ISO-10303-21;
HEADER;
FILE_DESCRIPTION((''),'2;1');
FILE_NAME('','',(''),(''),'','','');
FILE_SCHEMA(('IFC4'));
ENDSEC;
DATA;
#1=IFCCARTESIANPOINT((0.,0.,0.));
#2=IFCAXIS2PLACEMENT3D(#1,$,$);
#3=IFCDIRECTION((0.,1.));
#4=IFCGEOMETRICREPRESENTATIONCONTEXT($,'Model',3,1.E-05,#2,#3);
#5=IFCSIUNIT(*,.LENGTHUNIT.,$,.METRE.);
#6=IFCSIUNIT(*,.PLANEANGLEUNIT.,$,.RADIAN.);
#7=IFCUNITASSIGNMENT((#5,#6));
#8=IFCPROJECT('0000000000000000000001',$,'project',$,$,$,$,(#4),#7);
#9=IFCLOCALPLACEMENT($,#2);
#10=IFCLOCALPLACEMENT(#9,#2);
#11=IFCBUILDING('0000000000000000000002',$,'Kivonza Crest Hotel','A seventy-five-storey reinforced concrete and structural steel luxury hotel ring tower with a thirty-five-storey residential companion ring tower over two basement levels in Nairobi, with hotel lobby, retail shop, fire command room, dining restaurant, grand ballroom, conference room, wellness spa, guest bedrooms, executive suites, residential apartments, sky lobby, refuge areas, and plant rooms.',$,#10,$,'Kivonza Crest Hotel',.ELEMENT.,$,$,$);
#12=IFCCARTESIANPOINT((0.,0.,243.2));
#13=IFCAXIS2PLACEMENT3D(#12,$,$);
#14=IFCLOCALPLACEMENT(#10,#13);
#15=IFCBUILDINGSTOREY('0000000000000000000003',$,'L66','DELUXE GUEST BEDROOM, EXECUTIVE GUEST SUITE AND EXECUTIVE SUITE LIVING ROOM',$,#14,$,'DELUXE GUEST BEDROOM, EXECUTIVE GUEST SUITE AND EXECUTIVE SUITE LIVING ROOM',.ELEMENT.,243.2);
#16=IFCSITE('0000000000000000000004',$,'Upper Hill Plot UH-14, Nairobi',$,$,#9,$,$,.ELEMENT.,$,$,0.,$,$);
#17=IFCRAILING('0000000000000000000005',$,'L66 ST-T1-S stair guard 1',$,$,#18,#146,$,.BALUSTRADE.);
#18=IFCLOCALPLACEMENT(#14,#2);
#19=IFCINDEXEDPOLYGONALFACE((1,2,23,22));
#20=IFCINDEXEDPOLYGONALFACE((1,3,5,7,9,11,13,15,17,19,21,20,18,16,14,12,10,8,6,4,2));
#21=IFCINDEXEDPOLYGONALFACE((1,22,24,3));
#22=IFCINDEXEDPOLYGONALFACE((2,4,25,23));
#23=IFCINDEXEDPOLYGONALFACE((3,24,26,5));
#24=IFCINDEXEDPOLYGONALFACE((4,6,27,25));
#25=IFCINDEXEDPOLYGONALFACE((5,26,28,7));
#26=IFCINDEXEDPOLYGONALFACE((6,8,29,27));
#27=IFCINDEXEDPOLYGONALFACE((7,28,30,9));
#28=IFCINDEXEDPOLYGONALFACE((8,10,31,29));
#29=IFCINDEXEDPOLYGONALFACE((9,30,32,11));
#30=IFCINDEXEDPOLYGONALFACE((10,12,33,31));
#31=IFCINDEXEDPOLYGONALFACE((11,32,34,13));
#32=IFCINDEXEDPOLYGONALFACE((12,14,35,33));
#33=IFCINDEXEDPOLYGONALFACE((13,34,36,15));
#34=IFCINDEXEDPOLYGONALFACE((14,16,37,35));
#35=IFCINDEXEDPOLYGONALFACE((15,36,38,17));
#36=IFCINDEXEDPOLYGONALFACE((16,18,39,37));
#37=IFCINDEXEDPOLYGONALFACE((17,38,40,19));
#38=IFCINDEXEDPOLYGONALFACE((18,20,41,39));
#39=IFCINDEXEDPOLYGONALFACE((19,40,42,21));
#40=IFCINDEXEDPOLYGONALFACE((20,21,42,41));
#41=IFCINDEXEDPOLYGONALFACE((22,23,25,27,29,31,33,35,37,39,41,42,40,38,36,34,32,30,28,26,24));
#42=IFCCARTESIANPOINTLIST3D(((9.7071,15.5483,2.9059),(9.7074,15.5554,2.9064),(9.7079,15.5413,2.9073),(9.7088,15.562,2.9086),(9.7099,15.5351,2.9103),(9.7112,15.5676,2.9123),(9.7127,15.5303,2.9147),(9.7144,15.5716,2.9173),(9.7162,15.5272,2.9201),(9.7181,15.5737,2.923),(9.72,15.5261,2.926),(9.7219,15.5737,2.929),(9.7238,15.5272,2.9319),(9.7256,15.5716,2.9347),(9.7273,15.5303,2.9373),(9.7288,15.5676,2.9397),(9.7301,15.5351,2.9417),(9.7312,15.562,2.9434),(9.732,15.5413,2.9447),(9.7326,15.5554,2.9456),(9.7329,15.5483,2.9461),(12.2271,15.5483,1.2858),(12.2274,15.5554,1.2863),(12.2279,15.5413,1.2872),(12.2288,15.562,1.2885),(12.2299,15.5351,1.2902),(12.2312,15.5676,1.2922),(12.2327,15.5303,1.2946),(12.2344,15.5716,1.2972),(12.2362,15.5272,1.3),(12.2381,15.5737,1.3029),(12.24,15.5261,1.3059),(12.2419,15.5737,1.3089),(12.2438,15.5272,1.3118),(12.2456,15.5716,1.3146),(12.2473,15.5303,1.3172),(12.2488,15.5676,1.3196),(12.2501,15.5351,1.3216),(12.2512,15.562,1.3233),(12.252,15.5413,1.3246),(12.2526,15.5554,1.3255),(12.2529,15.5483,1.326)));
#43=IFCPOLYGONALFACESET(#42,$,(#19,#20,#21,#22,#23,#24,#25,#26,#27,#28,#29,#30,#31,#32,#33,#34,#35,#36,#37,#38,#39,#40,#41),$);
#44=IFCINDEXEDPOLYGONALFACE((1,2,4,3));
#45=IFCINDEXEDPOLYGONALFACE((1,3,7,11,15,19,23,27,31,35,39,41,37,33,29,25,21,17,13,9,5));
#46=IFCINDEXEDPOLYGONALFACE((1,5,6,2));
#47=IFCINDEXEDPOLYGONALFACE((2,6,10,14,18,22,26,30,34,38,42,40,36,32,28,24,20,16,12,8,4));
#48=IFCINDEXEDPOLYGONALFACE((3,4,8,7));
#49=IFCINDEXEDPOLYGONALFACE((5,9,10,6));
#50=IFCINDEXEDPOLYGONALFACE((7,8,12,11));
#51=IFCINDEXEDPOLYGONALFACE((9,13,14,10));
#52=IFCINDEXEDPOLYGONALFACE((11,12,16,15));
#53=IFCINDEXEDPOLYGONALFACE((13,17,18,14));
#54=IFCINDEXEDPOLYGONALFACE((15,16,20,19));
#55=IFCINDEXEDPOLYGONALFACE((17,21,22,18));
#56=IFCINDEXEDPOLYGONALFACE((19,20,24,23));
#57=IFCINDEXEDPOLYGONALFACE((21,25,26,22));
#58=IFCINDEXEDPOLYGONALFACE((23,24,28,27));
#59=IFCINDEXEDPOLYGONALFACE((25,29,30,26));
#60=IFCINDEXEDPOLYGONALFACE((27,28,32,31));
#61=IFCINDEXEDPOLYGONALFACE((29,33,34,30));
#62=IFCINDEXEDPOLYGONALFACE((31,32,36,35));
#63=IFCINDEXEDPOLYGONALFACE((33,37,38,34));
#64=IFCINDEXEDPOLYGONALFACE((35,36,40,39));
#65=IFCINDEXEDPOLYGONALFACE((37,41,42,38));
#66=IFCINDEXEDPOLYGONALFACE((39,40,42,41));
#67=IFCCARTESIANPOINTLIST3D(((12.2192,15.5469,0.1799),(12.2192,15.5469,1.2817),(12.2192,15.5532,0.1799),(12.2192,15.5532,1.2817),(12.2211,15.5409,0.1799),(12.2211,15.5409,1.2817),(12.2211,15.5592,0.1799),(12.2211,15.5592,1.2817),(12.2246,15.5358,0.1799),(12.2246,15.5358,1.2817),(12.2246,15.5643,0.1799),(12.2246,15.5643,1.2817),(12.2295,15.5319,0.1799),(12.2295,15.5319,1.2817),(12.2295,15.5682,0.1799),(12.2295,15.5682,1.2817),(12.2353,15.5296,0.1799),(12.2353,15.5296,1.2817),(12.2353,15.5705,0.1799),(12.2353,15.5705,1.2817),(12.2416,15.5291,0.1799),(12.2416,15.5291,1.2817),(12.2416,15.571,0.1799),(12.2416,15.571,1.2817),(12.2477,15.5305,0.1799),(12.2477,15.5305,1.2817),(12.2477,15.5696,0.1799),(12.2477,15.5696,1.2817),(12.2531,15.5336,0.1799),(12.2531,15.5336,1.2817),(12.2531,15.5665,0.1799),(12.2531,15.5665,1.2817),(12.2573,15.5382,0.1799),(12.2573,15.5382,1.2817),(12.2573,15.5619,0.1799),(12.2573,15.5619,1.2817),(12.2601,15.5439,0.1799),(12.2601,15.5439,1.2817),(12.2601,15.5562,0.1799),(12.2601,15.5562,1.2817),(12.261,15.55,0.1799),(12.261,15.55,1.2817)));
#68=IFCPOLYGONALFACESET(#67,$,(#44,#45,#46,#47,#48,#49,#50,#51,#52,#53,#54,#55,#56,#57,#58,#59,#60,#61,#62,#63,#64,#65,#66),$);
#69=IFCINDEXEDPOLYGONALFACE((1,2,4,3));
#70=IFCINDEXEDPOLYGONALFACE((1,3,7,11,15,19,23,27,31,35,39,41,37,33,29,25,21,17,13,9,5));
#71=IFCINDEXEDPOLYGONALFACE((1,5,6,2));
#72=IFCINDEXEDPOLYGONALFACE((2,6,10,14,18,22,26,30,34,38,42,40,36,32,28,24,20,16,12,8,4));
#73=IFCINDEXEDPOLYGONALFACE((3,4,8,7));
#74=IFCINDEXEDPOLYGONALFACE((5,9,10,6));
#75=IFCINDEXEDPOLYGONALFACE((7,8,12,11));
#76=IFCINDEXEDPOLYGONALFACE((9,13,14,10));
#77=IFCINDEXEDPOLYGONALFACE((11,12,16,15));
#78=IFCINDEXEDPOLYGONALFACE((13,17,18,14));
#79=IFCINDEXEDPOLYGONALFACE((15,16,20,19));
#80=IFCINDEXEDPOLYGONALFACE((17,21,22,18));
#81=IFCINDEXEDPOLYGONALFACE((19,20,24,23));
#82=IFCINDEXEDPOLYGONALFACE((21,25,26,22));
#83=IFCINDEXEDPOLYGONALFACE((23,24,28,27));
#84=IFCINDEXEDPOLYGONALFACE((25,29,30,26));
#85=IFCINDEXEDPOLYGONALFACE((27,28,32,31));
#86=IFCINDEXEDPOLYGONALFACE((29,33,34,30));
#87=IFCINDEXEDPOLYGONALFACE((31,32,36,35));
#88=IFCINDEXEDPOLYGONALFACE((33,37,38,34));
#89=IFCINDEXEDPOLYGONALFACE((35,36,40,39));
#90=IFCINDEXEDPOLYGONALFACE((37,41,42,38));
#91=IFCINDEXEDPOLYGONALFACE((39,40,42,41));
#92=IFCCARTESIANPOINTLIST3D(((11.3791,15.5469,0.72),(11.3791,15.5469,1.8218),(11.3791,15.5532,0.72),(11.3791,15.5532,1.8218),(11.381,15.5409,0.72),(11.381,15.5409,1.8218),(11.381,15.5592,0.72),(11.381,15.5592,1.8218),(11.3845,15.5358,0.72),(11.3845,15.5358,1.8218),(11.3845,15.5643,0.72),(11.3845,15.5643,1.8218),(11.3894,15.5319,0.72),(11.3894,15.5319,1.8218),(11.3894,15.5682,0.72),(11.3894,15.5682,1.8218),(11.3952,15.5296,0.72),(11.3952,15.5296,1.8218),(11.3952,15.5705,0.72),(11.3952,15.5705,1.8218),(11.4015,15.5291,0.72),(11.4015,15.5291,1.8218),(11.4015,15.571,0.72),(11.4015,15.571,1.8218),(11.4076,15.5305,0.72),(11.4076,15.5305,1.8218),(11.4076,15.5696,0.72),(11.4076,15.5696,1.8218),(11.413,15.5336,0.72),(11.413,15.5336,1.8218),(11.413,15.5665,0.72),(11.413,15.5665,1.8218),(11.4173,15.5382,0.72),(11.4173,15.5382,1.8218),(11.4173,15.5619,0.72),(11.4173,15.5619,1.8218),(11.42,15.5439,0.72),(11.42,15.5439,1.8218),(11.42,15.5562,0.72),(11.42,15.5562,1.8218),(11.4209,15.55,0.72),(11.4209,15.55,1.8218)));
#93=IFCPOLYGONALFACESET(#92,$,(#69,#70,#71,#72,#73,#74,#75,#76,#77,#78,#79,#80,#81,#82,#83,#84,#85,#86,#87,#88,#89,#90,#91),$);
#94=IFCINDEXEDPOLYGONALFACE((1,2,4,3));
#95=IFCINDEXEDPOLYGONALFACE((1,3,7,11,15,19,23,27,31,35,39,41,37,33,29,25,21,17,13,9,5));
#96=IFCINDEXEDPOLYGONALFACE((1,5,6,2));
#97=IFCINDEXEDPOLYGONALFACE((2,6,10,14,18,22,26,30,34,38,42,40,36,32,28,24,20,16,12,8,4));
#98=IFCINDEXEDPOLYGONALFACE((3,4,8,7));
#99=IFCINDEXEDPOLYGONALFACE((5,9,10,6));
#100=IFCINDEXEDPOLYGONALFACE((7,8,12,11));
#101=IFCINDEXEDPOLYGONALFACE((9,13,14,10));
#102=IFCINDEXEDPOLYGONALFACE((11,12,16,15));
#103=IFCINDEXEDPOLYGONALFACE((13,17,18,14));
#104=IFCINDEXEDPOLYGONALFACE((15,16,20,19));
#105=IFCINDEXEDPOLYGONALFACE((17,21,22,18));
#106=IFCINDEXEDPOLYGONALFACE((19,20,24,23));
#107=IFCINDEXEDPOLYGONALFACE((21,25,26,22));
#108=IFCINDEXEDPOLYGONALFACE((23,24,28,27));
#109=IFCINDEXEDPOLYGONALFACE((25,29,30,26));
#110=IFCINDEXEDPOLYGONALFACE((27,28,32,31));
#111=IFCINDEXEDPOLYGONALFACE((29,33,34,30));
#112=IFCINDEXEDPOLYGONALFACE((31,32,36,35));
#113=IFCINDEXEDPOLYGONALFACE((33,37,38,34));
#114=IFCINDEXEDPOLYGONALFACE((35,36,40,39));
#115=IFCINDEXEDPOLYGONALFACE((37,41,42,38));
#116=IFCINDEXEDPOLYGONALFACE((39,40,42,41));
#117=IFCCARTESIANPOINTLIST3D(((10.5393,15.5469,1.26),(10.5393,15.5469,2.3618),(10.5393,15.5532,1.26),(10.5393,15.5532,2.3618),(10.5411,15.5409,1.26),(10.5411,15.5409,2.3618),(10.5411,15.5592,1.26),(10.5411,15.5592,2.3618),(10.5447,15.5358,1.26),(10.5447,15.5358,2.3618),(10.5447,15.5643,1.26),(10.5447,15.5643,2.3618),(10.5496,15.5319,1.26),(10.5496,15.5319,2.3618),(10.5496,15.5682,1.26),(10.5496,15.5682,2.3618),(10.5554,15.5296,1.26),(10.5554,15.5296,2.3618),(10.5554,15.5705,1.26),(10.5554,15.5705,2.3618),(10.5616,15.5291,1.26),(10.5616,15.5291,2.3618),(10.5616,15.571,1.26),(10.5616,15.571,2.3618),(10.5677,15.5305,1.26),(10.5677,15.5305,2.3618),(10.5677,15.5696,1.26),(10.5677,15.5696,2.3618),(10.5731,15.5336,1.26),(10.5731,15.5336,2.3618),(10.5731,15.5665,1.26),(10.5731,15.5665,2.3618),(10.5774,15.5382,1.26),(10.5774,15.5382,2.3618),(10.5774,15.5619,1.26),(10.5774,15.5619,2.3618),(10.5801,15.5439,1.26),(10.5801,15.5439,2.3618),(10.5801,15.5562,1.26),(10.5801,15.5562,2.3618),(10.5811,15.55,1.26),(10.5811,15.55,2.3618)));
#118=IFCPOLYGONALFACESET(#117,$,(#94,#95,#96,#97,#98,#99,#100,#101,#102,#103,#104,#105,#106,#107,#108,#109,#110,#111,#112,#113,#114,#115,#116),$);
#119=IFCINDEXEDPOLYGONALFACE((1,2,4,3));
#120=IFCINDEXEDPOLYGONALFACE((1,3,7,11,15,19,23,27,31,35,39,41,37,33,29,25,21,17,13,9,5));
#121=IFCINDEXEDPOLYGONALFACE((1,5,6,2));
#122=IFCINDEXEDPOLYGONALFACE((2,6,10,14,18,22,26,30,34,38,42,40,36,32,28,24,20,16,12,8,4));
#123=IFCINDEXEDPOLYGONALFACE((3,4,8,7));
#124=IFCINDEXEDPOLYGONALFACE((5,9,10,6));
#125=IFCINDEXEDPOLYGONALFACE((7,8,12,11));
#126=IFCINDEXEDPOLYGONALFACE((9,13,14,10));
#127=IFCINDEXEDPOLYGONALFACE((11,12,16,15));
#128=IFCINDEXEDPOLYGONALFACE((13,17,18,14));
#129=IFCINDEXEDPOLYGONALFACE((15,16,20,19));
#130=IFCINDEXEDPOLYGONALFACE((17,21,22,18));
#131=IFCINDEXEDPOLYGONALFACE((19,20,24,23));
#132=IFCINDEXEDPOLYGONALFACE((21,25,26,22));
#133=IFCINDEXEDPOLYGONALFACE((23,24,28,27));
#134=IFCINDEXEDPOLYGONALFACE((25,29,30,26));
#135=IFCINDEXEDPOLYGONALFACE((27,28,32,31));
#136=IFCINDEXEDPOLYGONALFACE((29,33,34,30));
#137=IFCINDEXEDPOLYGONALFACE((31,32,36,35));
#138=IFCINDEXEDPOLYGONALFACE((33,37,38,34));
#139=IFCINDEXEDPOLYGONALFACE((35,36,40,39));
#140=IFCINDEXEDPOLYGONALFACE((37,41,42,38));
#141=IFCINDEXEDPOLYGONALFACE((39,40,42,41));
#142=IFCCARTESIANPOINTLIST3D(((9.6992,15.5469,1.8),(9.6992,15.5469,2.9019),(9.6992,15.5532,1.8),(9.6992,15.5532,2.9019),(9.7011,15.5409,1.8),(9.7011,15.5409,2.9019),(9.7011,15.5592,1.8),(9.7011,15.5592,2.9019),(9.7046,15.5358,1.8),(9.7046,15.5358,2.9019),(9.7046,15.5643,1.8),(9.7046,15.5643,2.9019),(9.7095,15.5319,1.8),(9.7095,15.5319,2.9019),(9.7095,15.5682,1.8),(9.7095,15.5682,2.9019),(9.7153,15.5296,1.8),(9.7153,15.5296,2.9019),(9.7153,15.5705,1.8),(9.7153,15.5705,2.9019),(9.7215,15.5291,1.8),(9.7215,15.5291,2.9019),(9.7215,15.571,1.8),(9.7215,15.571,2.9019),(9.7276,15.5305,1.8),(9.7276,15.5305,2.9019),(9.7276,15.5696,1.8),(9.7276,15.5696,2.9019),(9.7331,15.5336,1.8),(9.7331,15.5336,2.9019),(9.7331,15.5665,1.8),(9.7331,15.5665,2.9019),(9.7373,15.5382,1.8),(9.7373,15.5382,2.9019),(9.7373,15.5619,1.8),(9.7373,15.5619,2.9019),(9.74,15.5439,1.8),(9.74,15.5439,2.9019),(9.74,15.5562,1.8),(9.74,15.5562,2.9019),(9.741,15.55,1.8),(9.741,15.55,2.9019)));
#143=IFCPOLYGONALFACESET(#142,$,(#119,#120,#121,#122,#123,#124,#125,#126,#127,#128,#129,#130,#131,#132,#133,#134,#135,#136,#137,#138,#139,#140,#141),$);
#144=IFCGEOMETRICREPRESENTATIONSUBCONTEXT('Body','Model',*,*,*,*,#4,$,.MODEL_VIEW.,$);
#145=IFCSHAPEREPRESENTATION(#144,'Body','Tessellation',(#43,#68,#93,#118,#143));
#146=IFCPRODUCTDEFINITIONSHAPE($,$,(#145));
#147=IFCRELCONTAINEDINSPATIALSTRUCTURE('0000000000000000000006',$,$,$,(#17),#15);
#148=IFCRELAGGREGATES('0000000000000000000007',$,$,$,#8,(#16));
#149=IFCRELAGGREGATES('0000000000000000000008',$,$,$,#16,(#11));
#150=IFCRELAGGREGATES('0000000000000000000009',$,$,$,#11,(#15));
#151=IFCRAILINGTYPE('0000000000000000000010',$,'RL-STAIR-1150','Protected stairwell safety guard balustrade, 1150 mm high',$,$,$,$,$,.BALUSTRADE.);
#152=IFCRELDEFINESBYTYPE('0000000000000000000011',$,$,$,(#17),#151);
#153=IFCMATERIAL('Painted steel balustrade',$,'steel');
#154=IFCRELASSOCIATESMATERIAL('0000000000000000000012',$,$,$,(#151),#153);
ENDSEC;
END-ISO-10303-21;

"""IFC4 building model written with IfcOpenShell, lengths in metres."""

from ifc_helpers import new_model, si_unit, direction, frame, origin, origin_2d, place, context, subcontext, project, spatial, circle, extrude, material, type_object, element, save


model = new_model("IFC4")

# Units and contexts
model_context = context("Model", 3, precision=1e-05, world=origin(), true_north=direction((0.0, 1.0)))
body_context = subcontext(model_context, "Body", "Model", "MODEL_VIEW")
ifc_project = project(units=[si_unit("LENGTHUNIT", "METRE"), si_unit("PLANEANGLEUNIT", "RADIAN")], contexts=[model_context])

# Site, building, storey
site_placement = place(None, origin())
site = spatial("IfcSite", under=ifc_project, at=site_placement, Name="Upper Hill Plot UH-14, Nairobi", CompositionType="ELEMENT", RefElevation=0.0)
building_placement = place(site_placement, origin())
building = spatial("IfcBuilding", under=site, at=building_placement, Name="Kivonza Crest Hotel", Description="A seventy-five-storey reinforced concrete and structural steel luxury hotel ring tower with a thirty-five-storey residential companion ring tower over two basement levels in Nairobi, with hotel lobby, retail shop, fire command room, dining restaurant, grand ballroom, conference room, wellness spa, guest bedrooms, executive suites, residential apartments, sky lobby, refuge areas, and plant rooms.", LongName="Kivonza Crest Hotel", CompositionType="ELEMENT")
storey_placement = place(building_placement, frame((0.0, 0.0, 243.2)))
storey = spatial("IfcBuildingStorey", under=building, at=storey_placement, Name="L66", Description="DELUXE GUEST BEDROOM, EXECUTIVE GUEST SUITE AND EXECUTIVE SUITE LIVING ROOM", LongName="DELUXE GUEST BEDROOM, EXECUTIVE GUEST SUITE AND EXECUTIVE SUITE LIVING ROOM", CompositionType="ELEMENT", Elevation=243.2)

# Railing
ifc_material_1 = material(Name="Painted steel balustrade", Category="steel")
railing_type_1 = type_object("IfcRailingType", Name="RL-STAIR-1150", Description="Protected stairwell safety guard balustrade, 1150 mm high", PredefinedType="BALUSTRADE", material=ifc_material_1)
railing_1_placement = place(storey_placement, frame((12.24, 15.55, 0.1799)))
element("IfcRailing", 1, at=railing_1_placement, inside=storey, type_object=railing_type_1, Name="L66 ST-T1-S stair guard 1", PredefinedType="BALUSTRADE", context=body_context, shape_type="SweptSolid", body=[
    extrude(circle(Radius=0.0239, at=origin_2d()), frame((0.0, 0.0, 1.126), z_axis=(-0.841163, 0.0, 0.540782), x_axis=(0.0, -1.0, 0.0)), (0.0, 0.0, 1.0), 2.9958),
    extrude(circle(Radius=0.021, at=origin_2d()), origin(), (0.0, 0.0, 1.0), 1.1018),
    extrude(circle(Radius=0.021, at=origin_2d()), frame((-0.8401, 0.0, 0.54)), (0.0, 0.0, 1.0), 1.1018),
    extrude(circle(Radius=0.021, at=origin_2d()), frame((-1.6799, 0.0, 1.0801)), (0.0, 0.0, 1.0), 1.1018),
    extrude(circle(Radius=0.021, at=origin_2d()), frame((-2.52, 0.0, 1.6201)), (0.0, 0.0, 1.0), 1.1018),
])

save(model, "model.ifc")
